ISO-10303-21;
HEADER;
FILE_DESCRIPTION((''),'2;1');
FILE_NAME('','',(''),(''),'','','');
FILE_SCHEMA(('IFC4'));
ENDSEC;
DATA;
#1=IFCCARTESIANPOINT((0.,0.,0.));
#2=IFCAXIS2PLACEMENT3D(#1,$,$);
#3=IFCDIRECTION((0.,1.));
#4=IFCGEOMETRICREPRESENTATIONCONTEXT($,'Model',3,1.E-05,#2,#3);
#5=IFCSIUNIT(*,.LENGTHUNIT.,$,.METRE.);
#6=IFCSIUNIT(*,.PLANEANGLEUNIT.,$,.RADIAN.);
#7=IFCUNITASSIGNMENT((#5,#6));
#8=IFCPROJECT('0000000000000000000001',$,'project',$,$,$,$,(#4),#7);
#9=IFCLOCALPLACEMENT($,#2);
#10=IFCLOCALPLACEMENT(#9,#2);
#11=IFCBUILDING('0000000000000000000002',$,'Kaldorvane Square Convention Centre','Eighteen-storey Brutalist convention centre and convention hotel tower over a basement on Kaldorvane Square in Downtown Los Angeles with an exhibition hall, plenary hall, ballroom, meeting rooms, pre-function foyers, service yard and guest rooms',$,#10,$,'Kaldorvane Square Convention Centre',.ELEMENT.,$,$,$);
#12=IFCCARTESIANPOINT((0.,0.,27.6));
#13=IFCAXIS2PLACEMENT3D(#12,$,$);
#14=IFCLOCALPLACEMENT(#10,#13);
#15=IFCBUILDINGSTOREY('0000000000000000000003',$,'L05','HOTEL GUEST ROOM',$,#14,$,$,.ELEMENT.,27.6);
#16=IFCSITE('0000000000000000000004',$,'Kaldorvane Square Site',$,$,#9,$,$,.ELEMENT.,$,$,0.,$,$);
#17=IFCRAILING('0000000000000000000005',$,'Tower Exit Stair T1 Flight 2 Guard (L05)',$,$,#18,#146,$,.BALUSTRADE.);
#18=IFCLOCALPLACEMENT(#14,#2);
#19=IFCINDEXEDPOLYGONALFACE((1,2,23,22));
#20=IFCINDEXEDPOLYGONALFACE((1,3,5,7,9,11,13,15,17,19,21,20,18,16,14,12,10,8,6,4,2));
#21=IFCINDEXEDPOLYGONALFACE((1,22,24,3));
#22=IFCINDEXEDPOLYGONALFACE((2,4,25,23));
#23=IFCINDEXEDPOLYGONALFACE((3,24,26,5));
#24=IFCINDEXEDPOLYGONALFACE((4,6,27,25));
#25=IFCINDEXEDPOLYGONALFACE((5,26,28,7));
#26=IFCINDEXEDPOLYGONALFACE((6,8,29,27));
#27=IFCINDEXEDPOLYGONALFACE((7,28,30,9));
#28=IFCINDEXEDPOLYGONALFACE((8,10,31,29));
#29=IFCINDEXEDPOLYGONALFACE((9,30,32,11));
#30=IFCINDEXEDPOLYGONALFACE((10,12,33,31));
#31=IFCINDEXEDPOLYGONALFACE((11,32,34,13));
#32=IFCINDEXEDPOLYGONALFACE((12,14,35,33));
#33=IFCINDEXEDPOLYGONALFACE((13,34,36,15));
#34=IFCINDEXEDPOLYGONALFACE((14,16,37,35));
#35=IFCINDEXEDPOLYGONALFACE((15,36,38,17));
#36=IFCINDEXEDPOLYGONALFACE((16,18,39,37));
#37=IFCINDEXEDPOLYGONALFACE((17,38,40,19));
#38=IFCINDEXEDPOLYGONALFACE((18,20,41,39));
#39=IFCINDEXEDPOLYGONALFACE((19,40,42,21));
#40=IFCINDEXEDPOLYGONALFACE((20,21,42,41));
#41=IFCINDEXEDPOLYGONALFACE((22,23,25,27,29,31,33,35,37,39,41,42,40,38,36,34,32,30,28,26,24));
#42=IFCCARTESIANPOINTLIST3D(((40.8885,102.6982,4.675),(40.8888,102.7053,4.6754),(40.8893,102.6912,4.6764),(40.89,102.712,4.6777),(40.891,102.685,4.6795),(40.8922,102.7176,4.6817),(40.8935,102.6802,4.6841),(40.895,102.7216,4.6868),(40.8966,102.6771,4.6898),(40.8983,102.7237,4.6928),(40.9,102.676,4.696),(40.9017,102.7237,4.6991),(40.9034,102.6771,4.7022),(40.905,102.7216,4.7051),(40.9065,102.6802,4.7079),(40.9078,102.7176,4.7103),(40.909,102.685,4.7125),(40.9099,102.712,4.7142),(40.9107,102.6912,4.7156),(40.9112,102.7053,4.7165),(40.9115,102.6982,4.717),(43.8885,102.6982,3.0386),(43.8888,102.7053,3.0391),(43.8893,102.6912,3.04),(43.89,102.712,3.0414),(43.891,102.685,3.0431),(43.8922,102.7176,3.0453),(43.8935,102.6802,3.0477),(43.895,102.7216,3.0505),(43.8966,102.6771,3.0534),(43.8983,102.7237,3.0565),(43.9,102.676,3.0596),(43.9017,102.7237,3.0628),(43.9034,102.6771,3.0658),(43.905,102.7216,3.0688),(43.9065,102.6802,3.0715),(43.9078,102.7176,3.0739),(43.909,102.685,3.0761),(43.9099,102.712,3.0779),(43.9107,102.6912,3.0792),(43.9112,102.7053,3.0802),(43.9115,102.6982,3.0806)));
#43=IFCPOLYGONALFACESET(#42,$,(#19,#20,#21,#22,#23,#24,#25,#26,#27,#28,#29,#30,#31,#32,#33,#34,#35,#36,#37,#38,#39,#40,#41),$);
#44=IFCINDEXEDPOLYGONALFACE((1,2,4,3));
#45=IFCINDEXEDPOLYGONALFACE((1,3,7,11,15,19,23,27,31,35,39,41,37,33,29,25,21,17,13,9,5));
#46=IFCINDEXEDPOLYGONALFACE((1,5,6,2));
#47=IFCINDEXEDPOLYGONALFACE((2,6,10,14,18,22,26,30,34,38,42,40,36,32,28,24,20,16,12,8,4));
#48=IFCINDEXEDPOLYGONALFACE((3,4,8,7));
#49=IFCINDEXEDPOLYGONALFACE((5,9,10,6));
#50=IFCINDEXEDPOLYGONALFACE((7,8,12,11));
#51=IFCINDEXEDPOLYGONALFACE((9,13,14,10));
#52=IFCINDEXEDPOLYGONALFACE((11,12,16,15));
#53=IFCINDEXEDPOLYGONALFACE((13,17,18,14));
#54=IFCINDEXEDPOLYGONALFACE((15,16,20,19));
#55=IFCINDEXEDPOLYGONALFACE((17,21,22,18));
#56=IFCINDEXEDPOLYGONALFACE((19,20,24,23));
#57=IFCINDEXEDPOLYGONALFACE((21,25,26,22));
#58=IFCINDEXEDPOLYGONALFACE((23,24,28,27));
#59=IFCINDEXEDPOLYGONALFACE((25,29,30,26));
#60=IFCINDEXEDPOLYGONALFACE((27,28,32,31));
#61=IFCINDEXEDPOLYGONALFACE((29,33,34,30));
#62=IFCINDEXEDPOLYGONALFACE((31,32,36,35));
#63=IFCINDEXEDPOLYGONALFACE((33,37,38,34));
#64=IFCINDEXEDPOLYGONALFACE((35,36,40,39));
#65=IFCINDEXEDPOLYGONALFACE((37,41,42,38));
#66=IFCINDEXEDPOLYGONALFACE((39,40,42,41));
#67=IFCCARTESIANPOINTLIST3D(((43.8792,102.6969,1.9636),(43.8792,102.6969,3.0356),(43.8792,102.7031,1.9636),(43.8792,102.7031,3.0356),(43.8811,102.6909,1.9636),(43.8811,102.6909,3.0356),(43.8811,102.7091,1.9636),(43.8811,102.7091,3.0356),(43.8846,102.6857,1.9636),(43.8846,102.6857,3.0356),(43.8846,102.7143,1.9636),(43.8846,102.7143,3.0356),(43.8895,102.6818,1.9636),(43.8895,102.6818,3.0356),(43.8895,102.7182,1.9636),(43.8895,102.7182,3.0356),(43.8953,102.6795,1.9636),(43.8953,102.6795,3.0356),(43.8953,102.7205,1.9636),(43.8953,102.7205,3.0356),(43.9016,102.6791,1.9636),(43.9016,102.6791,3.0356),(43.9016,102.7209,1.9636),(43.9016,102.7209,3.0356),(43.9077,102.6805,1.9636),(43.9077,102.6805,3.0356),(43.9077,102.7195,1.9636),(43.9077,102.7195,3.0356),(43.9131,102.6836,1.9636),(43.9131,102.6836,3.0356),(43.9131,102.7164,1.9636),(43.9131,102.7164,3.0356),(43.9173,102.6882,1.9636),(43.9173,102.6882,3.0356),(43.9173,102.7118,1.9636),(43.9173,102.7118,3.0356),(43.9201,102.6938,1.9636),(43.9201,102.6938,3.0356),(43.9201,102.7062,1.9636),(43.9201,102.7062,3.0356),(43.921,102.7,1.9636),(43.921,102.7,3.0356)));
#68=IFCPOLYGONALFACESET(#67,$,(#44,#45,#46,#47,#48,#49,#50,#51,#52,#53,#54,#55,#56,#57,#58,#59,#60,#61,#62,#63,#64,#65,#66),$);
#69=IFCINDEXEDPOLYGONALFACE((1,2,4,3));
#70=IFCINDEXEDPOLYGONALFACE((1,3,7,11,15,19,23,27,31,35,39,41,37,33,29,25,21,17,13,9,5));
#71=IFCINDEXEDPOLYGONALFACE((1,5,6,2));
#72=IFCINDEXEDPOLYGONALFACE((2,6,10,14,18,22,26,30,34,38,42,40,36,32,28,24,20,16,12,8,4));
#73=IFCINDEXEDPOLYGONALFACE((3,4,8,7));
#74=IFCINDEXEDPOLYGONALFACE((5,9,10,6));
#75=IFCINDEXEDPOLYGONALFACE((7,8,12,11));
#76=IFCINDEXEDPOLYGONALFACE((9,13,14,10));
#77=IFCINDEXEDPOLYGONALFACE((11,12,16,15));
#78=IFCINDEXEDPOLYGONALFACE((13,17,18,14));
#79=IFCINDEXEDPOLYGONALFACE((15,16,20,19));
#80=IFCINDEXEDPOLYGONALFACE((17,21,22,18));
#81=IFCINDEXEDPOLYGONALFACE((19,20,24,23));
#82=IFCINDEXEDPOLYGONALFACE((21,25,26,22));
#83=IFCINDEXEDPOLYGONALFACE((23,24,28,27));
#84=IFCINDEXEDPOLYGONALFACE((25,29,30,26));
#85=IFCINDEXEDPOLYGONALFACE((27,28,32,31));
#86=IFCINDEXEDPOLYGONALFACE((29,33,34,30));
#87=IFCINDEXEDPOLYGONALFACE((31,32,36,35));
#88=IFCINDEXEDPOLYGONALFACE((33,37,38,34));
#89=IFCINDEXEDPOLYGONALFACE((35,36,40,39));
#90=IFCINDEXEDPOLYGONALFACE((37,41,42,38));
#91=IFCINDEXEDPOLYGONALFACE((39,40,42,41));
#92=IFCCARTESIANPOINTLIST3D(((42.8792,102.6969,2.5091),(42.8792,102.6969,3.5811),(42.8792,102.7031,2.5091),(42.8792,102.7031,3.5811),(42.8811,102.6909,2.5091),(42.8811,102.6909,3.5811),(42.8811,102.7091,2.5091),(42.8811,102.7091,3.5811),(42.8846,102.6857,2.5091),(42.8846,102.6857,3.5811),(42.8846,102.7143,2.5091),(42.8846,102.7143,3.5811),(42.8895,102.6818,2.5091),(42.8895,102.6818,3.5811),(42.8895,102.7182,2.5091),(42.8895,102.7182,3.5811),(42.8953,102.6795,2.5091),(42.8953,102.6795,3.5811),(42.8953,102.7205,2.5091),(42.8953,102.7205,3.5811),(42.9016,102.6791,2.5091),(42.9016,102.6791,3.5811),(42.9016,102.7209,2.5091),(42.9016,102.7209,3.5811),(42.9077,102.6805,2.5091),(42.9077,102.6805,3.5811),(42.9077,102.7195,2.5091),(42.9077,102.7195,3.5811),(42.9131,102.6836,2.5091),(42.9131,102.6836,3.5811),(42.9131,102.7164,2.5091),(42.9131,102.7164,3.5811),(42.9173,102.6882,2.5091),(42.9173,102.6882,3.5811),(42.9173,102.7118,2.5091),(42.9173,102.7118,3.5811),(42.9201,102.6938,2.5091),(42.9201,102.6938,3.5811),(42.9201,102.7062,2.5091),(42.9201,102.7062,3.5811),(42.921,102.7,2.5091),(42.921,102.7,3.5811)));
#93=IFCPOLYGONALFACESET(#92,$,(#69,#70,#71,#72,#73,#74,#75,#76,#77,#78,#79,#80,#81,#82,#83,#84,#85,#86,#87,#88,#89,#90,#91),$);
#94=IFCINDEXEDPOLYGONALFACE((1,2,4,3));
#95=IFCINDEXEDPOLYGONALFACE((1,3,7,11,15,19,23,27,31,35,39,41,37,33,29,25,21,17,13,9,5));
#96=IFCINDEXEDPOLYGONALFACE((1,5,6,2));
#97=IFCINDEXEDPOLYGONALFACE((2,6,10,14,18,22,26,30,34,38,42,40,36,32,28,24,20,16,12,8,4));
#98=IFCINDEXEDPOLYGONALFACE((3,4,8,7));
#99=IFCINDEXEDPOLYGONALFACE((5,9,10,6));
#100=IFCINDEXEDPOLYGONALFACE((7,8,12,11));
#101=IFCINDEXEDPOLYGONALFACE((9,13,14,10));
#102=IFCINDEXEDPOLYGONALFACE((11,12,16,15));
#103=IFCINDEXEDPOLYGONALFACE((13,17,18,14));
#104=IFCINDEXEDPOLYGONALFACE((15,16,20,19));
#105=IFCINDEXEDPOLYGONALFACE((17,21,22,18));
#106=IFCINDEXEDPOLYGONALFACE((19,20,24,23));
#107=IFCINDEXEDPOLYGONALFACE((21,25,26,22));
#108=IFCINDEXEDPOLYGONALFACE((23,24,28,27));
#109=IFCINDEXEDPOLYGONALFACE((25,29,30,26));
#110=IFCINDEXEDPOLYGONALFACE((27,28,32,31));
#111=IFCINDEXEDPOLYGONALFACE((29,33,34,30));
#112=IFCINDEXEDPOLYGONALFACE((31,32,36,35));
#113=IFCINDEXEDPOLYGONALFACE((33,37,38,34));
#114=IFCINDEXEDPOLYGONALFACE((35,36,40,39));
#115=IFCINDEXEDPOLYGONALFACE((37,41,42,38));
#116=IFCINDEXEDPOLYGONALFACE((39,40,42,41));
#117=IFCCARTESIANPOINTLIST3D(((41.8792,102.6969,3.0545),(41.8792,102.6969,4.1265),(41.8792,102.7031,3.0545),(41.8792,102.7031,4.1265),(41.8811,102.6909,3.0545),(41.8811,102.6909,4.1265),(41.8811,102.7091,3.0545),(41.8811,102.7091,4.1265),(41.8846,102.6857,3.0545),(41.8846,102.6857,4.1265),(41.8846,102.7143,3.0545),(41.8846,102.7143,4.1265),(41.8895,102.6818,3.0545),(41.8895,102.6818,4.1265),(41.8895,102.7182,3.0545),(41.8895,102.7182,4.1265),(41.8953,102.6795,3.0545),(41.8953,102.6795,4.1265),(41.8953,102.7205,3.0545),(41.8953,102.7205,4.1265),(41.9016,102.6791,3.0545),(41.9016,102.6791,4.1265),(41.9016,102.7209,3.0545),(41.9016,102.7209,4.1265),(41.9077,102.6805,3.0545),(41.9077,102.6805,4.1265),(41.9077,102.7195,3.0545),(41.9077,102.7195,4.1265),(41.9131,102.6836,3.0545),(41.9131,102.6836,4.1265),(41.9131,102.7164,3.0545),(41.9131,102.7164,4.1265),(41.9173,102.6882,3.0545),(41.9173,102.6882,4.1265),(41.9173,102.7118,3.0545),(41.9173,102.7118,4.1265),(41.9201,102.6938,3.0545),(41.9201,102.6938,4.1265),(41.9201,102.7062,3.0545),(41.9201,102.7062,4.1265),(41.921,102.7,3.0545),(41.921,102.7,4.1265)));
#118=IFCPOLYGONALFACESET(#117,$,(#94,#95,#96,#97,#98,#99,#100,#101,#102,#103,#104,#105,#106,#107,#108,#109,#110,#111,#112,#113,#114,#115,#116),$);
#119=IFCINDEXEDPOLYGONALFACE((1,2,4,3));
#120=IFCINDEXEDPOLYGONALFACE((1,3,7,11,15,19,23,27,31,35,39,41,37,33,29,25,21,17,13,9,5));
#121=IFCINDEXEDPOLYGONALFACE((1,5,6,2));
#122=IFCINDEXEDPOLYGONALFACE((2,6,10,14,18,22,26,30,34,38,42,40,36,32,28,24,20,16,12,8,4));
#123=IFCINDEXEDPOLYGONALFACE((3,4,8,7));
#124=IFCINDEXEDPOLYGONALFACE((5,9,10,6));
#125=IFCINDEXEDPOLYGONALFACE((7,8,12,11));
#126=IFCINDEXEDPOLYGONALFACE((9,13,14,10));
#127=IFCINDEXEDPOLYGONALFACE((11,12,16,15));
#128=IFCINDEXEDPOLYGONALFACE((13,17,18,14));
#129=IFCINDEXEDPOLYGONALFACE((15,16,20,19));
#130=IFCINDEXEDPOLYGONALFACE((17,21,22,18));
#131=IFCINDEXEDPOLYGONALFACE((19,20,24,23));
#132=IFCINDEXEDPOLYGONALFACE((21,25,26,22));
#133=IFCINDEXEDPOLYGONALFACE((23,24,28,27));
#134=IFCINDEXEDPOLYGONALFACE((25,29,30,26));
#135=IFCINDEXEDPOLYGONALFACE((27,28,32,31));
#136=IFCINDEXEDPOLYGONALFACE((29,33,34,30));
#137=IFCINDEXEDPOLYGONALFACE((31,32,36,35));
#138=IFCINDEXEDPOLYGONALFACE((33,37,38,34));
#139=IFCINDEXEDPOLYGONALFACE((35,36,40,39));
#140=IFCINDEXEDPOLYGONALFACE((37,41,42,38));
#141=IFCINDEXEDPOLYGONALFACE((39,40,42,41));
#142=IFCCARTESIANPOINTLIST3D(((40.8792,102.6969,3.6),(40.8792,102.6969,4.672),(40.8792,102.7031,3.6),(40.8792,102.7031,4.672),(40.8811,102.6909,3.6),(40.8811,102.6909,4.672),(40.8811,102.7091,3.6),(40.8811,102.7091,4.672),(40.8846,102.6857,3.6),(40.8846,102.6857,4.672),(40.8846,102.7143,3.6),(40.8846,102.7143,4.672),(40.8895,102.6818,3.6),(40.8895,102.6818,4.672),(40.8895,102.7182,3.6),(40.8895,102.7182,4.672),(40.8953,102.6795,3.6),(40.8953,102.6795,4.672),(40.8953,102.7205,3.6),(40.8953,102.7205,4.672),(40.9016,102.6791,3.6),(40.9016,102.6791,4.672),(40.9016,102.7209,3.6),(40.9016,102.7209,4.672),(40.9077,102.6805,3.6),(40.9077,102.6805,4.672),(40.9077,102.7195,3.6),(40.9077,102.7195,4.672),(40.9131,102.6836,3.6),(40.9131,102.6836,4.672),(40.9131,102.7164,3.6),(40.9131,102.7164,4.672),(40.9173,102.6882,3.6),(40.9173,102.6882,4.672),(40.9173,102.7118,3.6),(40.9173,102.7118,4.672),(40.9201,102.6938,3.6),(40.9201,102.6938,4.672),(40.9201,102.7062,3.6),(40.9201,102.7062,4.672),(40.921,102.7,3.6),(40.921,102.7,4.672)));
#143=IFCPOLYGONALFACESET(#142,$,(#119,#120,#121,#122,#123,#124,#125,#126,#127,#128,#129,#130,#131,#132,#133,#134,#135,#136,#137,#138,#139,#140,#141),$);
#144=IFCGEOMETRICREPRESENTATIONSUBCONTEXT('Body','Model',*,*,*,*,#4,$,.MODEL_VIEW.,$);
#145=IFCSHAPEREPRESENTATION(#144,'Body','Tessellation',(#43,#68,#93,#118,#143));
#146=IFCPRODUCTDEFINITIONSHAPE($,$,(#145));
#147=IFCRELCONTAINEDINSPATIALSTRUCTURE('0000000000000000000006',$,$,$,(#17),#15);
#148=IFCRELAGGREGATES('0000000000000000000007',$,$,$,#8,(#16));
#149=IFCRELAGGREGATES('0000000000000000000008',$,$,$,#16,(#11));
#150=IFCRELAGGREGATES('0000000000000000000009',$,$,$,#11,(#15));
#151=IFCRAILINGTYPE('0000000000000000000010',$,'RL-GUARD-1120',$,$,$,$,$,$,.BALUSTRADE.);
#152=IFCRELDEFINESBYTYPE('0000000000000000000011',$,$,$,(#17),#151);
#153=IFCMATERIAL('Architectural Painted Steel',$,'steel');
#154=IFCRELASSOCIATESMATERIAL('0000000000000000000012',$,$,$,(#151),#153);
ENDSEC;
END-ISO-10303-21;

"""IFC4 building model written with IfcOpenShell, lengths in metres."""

from ifc_helpers import new_model, si_unit, direction, frame, origin, origin_2d, place, context, subcontext, project, spatial, circle, extrude, material, type_object, element, save


model = new_model("IFC4")

# Units and contexts
model_context = context("Model", 3, precision=1e-05, world=origin(), true_north=direction((0.0, 1.0)))
body_context = subcontext(model_context, "Body", "Model", "MODEL_VIEW")
ifc_project = project(units=[si_unit("LENGTHUNIT", "METRE"), si_unit("PLANEANGLEUNIT", "RADIAN")], contexts=[model_context])

# Site, building, storey
site_placement = place(None, origin())
site = spatial("IfcSite", under=ifc_project, at=site_placement, Name="Kaldorvane Square Site", CompositionType="ELEMENT", RefElevation=0.0)
building_placement = place(site_placement, origin())
building = spatial("IfcBuilding", under=site, at=building_placement, Name="Kaldorvane Square Convention Centre", Description="Eighteen-storey Brutalist convention centre and convention hotel tower over a basement on Kaldorvane Square in Downtown Los Angeles with an exhibition hall, plenary hall, ballroom, meeting rooms, pre-function foyers, service yard and guest rooms", LongName="Kaldorvane Square Convention Centre", CompositionType="ELEMENT")
storey_placement = place(building_placement, frame((0.0, 0.0, 27.6)))
storey = spatial("IfcBuildingStorey", under=building, at=storey_placement, Name="L05", Description="HOTEL GUEST ROOM", CompositionType="ELEMENT", Elevation=27.6)

# Railing
ifc_material_1 = material(Name="Architectural Painted Steel", Category="steel")
railing_type_1 = type_object("IfcRailingType", Name="RL-GUARD-1120", PredefinedType="BALUSTRADE", material=ifc_material_1)
railing_1_placement = place(storey_placement, frame((43.9, 102.7, 1.9636)))
element("IfcRailing", 1, at=railing_1_placement, inside=storey, type_object=railing_type_1, Name="Tower Exit Stair T1 Flight 2 Guard (L05)", PredefinedType="BALUSTRADE", context=body_context, shape_type="SweptSolid", body=[
    extrude(circle(Radius=0.024, at=origin_2d()), frame((0.0, 0.0, 1.096), z_axis=(-0.877895, 0.0, 0.478853), x_axis=(0.0, -1.0, 0.0)), (0.0, 0.0, 1.0), 3.4173),
    extrude(circle(Radius=0.021, at=origin_2d()), origin(), (0.0, 0.0, 1.0), 1.072),
    extrude(circle(Radius=0.021, at=origin_2d()), frame((-1.0, 0.0, 0.5455)), (0.0, 0.0, 1.0), 1.072),
    extrude(circle(Radius=0.021, at=origin_2d()), frame((-2.0, 0.0, 1.0909)), (0.0, 0.0, 1.0), 1.072),
    extrude(circle(Radius=0.021, at=origin_2d()), frame((-3.0, 0.0, 1.6364)), (0.0, 0.0, 1.0), 1.072),
])

save(model, "model.ifc")
